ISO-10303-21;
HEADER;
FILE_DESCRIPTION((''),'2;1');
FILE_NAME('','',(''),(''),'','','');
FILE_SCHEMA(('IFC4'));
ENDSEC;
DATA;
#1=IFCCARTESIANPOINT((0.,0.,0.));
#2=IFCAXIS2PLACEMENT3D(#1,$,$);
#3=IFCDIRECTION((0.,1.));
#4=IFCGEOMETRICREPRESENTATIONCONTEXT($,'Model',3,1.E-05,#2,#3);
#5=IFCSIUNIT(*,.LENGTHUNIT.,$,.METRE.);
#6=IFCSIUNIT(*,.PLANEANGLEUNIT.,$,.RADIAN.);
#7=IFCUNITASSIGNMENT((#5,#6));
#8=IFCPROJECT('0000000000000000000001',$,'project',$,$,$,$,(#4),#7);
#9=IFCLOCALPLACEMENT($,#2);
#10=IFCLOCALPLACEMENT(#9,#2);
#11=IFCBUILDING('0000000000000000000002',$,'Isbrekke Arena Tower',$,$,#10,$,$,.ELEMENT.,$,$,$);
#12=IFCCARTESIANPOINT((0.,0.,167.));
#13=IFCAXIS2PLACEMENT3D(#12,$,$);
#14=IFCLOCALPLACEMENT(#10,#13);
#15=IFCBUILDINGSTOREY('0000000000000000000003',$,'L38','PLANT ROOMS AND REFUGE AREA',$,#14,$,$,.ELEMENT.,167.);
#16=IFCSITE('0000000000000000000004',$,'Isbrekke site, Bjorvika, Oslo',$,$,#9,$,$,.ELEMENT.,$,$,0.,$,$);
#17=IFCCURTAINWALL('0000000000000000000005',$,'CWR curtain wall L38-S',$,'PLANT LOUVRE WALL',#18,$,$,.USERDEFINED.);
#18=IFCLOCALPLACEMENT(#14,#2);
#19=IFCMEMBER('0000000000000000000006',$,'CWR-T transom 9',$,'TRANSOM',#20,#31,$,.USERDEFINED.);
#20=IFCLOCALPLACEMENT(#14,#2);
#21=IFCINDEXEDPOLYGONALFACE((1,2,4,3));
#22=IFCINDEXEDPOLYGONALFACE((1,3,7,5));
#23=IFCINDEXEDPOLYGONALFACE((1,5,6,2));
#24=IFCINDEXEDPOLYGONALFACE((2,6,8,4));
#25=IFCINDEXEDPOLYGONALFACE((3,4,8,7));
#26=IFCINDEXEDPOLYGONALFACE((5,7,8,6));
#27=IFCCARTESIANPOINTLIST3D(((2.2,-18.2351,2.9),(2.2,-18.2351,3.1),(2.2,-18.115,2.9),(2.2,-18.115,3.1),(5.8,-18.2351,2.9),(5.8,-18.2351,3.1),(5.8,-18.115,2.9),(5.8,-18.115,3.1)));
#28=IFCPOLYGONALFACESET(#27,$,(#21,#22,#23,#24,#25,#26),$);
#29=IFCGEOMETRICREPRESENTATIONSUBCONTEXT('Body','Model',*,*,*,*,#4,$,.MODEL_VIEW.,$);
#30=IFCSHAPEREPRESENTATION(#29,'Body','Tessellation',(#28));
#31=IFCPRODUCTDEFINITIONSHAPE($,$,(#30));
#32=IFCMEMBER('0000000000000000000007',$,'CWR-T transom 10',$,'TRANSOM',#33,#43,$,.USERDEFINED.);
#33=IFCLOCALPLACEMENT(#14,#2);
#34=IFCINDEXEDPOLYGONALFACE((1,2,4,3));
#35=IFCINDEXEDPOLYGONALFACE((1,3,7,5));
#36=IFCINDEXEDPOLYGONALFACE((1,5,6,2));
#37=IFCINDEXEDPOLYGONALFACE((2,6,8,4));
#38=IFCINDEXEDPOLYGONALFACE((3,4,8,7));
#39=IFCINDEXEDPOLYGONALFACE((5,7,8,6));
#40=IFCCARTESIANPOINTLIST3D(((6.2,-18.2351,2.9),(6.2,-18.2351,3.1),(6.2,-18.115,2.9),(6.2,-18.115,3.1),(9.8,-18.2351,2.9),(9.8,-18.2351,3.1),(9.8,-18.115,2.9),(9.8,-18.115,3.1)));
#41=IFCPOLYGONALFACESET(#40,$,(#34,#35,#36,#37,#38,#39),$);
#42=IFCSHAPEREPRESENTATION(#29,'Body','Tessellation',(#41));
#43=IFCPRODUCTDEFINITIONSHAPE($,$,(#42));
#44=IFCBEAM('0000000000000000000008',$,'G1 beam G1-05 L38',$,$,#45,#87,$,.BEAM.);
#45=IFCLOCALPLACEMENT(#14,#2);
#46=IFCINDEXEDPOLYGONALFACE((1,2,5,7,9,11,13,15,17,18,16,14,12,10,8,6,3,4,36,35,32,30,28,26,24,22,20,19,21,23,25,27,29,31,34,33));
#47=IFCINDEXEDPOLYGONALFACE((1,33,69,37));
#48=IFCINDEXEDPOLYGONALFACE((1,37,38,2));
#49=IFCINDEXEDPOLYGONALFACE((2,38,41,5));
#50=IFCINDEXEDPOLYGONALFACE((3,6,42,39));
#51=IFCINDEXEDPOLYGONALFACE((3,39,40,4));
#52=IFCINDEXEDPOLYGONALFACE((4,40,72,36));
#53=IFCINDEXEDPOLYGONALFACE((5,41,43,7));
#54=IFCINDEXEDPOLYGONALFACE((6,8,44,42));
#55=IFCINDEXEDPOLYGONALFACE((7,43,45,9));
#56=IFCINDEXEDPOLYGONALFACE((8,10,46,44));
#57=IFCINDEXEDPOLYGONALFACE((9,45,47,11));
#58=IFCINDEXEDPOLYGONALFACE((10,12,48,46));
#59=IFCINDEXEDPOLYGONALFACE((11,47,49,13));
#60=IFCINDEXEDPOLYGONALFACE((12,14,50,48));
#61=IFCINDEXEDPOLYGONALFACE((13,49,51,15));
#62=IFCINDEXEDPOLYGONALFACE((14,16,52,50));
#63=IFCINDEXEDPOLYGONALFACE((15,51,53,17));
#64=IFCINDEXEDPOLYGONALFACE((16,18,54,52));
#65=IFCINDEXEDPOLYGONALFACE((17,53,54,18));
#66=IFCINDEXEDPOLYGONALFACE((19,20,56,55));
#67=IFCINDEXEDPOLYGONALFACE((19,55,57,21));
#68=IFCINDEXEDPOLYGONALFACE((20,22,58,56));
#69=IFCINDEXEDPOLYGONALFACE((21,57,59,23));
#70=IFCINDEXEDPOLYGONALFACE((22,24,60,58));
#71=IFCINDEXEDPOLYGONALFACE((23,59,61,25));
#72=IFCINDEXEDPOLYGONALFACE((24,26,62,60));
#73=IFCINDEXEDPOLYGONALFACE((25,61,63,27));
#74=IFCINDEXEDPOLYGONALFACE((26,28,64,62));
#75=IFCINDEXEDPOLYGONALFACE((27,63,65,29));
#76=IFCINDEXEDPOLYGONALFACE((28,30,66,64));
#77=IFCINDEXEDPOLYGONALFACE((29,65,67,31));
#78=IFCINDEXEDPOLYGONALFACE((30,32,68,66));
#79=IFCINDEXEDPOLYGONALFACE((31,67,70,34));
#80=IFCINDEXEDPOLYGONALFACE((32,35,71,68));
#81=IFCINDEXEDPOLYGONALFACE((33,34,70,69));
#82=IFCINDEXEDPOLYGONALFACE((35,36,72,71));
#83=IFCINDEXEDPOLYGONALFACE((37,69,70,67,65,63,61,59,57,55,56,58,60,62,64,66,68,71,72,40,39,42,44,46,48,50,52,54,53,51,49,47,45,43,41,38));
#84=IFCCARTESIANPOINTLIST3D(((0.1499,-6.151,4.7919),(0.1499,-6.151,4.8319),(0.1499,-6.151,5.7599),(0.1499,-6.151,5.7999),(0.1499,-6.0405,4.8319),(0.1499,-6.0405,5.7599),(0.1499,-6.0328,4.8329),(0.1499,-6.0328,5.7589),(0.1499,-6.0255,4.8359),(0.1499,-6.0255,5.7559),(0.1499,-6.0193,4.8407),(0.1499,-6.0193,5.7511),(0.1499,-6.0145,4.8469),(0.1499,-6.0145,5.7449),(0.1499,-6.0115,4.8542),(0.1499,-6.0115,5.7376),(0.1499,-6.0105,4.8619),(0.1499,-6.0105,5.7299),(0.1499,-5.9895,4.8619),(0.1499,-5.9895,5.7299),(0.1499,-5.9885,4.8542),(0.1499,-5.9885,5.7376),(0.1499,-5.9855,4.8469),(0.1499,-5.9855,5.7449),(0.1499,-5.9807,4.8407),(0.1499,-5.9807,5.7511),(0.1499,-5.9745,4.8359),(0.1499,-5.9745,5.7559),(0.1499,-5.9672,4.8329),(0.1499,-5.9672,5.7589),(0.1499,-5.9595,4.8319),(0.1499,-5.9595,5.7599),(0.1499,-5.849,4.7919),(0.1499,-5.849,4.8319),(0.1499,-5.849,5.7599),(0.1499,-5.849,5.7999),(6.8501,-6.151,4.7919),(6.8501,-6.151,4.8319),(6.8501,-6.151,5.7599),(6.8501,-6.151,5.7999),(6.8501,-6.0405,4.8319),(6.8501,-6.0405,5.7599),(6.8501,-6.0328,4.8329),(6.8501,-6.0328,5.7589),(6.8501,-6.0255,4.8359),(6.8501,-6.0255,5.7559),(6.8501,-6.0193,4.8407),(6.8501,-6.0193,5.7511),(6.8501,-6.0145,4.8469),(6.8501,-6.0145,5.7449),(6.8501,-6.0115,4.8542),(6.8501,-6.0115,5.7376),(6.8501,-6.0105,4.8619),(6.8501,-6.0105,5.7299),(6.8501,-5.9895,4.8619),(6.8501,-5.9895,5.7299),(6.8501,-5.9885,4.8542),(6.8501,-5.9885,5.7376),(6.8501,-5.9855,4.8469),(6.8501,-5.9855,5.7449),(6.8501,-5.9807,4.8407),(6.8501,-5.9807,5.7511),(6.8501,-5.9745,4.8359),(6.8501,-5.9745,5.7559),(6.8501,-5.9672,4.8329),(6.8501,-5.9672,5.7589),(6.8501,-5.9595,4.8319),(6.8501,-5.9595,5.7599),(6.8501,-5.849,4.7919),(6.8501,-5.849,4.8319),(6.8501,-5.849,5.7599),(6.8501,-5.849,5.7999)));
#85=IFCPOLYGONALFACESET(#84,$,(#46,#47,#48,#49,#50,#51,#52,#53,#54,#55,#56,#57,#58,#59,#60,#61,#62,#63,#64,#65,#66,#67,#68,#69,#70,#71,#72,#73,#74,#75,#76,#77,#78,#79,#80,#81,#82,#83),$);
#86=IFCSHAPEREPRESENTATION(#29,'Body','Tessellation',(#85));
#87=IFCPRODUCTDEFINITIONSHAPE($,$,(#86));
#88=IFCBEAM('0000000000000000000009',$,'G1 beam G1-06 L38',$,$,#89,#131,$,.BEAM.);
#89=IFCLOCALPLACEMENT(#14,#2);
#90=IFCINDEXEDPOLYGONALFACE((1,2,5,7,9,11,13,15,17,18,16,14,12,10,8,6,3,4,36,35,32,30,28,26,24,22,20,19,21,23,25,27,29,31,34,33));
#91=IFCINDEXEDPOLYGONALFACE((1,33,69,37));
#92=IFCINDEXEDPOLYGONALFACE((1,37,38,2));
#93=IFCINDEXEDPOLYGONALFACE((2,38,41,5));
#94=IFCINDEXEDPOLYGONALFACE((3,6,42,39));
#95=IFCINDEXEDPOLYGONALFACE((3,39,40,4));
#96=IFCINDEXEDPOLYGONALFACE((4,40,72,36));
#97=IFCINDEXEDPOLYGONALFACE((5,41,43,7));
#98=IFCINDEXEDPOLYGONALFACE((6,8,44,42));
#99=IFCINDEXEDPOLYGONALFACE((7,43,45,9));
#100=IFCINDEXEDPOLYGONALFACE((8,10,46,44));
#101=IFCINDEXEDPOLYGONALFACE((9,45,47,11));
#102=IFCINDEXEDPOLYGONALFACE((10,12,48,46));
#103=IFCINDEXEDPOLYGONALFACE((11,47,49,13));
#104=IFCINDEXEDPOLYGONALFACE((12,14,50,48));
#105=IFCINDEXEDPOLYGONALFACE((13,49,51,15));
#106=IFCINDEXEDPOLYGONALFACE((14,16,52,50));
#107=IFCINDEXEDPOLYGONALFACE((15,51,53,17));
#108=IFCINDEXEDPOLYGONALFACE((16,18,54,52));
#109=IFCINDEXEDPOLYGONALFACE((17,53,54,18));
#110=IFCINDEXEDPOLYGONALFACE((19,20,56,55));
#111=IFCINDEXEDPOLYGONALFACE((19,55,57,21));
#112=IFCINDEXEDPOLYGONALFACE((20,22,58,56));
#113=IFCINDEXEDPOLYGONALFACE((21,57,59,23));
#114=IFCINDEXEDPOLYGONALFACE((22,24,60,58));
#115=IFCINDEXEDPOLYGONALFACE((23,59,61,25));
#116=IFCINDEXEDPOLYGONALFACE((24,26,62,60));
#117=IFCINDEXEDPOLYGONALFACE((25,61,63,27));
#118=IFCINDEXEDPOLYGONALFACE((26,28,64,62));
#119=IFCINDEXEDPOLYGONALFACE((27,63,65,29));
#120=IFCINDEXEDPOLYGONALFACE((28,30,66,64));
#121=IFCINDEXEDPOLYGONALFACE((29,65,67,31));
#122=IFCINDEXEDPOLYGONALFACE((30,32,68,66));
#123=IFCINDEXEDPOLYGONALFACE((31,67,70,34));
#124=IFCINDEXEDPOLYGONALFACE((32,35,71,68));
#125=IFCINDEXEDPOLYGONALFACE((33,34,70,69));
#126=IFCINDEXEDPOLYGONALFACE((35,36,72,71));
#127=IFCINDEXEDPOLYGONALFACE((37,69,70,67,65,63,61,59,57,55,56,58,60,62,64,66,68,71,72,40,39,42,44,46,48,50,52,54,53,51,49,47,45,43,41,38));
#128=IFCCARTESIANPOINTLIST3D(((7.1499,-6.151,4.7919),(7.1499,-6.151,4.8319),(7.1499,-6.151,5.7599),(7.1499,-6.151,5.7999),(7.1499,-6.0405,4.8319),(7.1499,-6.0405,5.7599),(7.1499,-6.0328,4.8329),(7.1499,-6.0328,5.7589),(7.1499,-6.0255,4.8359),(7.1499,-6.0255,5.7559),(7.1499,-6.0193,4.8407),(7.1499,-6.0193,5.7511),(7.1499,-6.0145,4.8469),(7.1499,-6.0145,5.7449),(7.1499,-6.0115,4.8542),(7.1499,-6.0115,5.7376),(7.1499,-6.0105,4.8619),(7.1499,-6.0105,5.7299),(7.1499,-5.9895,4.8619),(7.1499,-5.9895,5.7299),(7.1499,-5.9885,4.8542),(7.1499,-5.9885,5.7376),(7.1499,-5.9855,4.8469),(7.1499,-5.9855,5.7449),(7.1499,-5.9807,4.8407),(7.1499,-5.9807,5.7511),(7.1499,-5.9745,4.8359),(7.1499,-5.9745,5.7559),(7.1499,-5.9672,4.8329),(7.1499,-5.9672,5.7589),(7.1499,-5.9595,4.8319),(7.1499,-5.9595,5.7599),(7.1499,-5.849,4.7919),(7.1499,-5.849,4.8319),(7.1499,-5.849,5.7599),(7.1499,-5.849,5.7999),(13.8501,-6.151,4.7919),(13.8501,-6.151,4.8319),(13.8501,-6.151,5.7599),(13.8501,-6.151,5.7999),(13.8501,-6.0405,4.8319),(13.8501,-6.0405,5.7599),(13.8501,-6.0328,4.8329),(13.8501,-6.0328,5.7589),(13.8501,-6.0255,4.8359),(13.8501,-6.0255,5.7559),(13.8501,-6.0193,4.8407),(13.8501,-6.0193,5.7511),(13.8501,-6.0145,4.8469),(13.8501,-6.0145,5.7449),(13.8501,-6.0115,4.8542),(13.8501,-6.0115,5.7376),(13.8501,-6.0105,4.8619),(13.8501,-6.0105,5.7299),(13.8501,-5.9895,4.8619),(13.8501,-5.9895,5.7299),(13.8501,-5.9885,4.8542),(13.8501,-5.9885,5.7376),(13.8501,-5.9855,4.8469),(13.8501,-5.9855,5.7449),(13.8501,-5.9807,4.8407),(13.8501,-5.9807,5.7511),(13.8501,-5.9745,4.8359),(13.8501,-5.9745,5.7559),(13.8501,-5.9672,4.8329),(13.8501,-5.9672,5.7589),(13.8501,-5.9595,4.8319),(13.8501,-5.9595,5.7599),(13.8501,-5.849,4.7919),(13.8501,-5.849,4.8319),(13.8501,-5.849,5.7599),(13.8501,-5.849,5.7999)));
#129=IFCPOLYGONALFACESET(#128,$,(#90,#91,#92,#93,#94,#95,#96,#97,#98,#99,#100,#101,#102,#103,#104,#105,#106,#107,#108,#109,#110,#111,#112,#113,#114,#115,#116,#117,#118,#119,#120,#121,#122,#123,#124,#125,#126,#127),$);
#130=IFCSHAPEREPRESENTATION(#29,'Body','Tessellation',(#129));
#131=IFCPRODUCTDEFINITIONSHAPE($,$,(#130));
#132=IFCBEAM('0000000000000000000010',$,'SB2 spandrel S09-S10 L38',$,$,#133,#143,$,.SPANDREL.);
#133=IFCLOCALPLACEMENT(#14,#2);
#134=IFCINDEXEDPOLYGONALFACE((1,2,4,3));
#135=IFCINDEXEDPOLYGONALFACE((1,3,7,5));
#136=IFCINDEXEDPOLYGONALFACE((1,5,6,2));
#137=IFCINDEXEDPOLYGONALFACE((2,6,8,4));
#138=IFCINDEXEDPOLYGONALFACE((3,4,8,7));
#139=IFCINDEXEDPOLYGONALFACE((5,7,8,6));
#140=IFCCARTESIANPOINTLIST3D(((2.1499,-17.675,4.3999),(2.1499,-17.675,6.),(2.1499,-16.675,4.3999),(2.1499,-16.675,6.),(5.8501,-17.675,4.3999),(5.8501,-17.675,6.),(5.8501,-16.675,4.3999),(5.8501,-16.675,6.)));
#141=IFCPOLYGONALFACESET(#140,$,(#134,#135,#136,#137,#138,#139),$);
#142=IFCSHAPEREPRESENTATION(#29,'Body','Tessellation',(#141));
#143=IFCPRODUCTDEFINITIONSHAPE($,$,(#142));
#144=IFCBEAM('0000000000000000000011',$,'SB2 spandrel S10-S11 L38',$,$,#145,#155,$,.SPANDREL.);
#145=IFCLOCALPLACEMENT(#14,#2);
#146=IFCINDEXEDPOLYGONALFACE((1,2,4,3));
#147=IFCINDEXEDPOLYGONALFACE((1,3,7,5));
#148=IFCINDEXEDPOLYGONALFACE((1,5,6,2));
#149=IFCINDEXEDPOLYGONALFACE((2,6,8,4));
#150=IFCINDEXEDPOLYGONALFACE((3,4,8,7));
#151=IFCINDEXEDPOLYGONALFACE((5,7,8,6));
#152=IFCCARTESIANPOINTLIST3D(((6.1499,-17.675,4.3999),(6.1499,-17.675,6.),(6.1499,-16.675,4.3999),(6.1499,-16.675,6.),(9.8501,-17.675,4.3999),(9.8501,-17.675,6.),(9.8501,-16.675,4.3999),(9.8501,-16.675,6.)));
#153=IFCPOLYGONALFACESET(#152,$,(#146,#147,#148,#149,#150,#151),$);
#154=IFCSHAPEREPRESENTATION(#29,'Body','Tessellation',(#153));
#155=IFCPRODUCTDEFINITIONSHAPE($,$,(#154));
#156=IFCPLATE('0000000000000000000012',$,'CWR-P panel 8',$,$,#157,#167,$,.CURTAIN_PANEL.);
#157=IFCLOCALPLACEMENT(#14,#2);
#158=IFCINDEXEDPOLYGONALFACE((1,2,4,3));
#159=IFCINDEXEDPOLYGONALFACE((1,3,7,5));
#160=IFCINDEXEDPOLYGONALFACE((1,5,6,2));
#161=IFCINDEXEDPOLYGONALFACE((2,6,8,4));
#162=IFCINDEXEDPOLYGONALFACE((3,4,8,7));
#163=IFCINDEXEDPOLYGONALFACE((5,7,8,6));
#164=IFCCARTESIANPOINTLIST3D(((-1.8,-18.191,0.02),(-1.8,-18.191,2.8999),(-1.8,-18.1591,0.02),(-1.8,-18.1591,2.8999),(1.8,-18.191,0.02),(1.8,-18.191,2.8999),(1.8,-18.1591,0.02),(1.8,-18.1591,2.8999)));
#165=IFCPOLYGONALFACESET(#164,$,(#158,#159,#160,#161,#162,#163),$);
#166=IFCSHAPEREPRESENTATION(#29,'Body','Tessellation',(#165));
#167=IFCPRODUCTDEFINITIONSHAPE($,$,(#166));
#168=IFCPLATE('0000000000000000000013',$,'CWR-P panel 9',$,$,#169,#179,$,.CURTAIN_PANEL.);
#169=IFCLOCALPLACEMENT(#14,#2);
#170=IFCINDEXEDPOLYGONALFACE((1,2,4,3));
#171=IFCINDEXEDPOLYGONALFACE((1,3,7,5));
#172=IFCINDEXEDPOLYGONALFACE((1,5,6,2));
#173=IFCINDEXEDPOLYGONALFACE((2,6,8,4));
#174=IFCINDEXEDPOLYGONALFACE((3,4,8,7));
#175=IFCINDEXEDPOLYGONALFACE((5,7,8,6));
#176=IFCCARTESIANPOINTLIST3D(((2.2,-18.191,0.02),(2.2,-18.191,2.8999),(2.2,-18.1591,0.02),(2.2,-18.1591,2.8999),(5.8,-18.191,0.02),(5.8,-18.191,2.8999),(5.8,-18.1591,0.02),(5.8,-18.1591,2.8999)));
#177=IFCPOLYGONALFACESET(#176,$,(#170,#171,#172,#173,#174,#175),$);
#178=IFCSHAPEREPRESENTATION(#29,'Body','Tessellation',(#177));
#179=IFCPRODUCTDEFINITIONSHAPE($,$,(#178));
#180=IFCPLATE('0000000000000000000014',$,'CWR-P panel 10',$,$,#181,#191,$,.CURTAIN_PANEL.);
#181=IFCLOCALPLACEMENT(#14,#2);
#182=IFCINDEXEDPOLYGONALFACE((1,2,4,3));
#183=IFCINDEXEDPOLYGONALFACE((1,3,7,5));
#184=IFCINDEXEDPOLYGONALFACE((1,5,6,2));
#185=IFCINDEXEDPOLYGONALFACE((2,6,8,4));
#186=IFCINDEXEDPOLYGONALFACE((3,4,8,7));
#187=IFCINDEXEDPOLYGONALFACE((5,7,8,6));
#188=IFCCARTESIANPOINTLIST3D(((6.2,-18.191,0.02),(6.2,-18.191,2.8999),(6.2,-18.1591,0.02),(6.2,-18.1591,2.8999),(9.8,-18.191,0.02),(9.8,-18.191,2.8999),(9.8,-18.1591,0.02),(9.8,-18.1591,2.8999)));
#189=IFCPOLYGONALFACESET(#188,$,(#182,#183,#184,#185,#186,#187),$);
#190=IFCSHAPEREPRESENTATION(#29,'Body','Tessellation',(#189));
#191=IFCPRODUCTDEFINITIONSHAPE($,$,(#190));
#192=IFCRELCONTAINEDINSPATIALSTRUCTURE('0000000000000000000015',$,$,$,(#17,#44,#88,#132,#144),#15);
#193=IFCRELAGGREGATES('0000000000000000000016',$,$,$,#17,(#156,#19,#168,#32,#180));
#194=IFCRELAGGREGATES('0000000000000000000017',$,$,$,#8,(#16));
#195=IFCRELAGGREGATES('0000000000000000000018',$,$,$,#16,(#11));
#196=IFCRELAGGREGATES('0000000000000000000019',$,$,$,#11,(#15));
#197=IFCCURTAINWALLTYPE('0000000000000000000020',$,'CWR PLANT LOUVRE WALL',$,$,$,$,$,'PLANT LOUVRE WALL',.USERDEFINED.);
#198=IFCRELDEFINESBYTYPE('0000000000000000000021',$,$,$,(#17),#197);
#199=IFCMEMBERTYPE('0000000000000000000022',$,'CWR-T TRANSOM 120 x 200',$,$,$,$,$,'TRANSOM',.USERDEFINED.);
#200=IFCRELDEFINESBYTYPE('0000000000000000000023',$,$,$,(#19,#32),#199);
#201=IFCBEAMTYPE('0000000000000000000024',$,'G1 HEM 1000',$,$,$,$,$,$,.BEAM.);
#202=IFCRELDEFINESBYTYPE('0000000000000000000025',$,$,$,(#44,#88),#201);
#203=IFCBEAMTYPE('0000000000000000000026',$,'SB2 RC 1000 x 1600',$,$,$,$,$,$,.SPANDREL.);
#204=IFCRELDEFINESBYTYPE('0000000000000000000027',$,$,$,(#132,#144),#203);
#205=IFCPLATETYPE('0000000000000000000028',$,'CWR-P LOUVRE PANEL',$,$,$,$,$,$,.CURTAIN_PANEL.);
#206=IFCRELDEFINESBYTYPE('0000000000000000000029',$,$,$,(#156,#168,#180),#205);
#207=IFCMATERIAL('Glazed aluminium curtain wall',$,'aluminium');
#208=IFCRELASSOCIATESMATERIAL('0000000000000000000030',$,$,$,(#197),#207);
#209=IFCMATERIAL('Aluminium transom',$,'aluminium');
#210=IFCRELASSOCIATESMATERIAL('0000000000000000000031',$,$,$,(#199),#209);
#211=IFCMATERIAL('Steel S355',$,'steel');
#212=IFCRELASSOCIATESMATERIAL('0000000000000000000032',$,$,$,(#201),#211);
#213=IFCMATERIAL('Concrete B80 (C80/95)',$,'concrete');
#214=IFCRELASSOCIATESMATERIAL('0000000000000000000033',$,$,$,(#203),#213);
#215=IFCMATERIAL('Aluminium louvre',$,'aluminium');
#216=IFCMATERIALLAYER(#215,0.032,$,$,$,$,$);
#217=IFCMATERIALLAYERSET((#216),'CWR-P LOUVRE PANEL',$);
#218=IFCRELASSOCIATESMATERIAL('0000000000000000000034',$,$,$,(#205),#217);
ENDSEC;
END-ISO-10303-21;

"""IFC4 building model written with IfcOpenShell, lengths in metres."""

from ifc_helpers import new_model, si_unit, direction, frame, origin, origin_2d, place, context, subcontext, project, spatial, rectangle, i_section, extrude, material, layer, layer_set, material_profile, profile_set, type_object, element, aggregate, save


model = new_model("IFC4")

# Units and contexts
model_context = context("Model", 3, precision=1e-05, world=origin(), true_north=direction((0.0, 1.0)))
body_context = subcontext(model_context, "Body", "Model", "MODEL_VIEW")
ifc_project = project(units=[si_unit("LENGTHUNIT", "METRE"), si_unit("PLANEANGLEUNIT", "RADIAN")], contexts=[model_context])

# Site, building, storey
site_placement = place(None, origin())
site = spatial("IfcSite", under=ifc_project, at=site_placement, Name="Isbrekke site, Bjorvika, Oslo", CompositionType="ELEMENT", RefElevation=0.0)
building_placement = place(site_placement, origin())
building = spatial("IfcBuilding", under=site, at=building_placement, Name="Isbrekke Arena Tower", CompositionType="ELEMENT")
storey_placement = place(building_placement, frame((0.0, 0.0, 167.0)))
storey = spatial("IfcBuildingStorey", under=building, at=storey_placement, Name="L38", Description="PLANT ROOMS AND REFUGE AREA", CompositionType="ELEMENT", Elevation=167.0)

# Curtain wall, members
ifc_material_1 = material(Name="Glazed aluminium curtain wall", Category="aluminium")
curtain_wall_type = type_object("IfcCurtainWallType", Name="CWR PLANT LOUVRE WALL", ElementType="PLANT LOUVRE WALL", PredefinedType="USERDEFINED", material=ifc_material_1)
curtain_wall_placement = place(storey_placement, origin())
curtain_wall = element("IfcCurtainWall", 1, at=curtain_wall_placement, inside=storey, type_object=curtain_wall_type, Name="CWR curtain wall L38-S", ObjectType="PLANT LOUVRE WALL", PredefinedType="USERDEFINED")
ifc_material_2 = material(Name="Aluminium transom", Category="aluminium")
ifc_material_profile_1 = material_profile(ifc_material_2, rectangle(XDim=0.1201, YDim=0.2, at=origin_2d()), Name="TRANSOM 120X200")
ifc_profile_set_1 = profile_set([ifc_material_profile_1], Name="Aluminium transom")
member_type_1 = type_object("IfcMemberType", Name="CWR-T TRANSOM 120 x 200", ElementType="TRANSOM", PredefinedType="USERDEFINED", material=ifc_profile_set_1)
member_1_placement = place(storey_placement, frame((2.2, -18.175, 3.0), z_axis=(1.0, 0.0, 0.0), x_axis=(0.0, 1.0, 0.0)))
member_1 = element("IfcMember", 2, at=member_1_placement, type_object=member_type_1, Name="CWR-T transom 9", ObjectType="TRANSOM", PredefinedType="USERDEFINED", context=body_context, shape_type="SweptSolid", body=[
    extrude(rectangle(XDim=0.1201, YDim=0.2, at=origin_2d()), origin(), (0.0, 0.0, 1.0), 3.6001),
])
member_2_placement = place(storey_placement, frame((6.2, -18.175, 3.0), z_axis=(1.0, 0.0, 0.0), x_axis=(0.0, 1.0, 0.0)))
member_2 = element("IfcMember", 3, at=member_2_placement, type_object=member_type_1, Name="CWR-T transom 10", ObjectType="TRANSOM", PredefinedType="USERDEFINED", context=body_context, shape_type="SweptSolid", body=[
    extrude(rectangle(XDim=0.1201, YDim=0.2, at=origin_2d()), origin(), (0.0, 0.0, 1.0), 3.6001),
])

# Beams
ifc_material_3 = material(Name="Steel S355", Category="steel")
ifc_material_profile_2 = material_profile(ifc_material_3, i_section(OverallWidth=0.302, OverallDepth=1.0081, WebThickness=0.021, FlangeThickness=0.04, FilletRadius=0.03, at=origin_2d()), Name="HEM 1000")
ifc_profile_set_2 = profile_set([ifc_material_profile_2], Name="Steel S355")
beam_type_1 = type_object("IfcBeamType", Name="G1 HEM 1000", PredefinedType="BEAM", material=ifc_profile_set_2)
for number, where, z_axis, x_axis, name in (
    (4, (0.1499, -6.0, 5.2959), (1.0, 0.0, 0.0), (0.0, 1.0, 0.0), "G1 beam G1-05 L38"),
    (5, (7.1499, -6.0, 5.2959), (1.0, 0.0, 0.0), (0.0, 1.0, 0.0), "G1 beam G1-06 L38"),
):
    element("IfcBeam", number, at=place(storey_placement, frame(where, z_axis=z_axis, x_axis=x_axis)), inside=storey, type_object=beam_type_1, Name=name, PredefinedType="BEAM", context=body_context, shape_type="SweptSolid", body=[
        extrude(i_section(OverallWidth=0.302, OverallDepth=1.0081, WebThickness=0.021, FlangeThickness=0.04, FilletRadius=0.03, at=origin_2d()), origin(), (0.0, 0.0, 1.0), 6.7002),
    ])
ifc_material_4 = material(Name="Concrete B80 (C80/95)", Category="concrete")
ifc_material_profile_3 = material_profile(ifc_material_4, rectangle(XDim=1.0, YDim=1.6001, at=origin_2d()), Name="RC 1000x1600")
ifc_profile_set_3 = profile_set([ifc_material_profile_3], Name="Concrete B80 (C80/95)")
beam_type_2 = type_object("IfcBeamType", Name="SB2 RC 1000 x 1600", PredefinedType="SPANDREL", material=ifc_profile_set_3)
for number, where, z_axis, x_axis, name in (
    (6, (2.1499, -17.175, 5.2), (1.0, 0.0, 0.0), (0.0, 1.0, 0.0), "SB2 spandrel S09-S10 L38"),
    (7, (6.1499, -17.175, 5.2), (1.0, 0.0, 0.0), (0.0, 1.0, 0.0), "SB2 spandrel S10-S11 L38"),
):
    element("IfcBeam", number, at=place(storey_placement, frame(where, z_axis=z_axis, x_axis=x_axis)), inside=storey, type_object=beam_type_2, Name=name, PredefinedType="SPANDREL", context=body_context, shape_type="SweptSolid", body=[
        extrude(rectangle(XDim=1.0, YDim=1.6001, at=origin_2d()), origin(), (0.0, 0.0, 1.0), 3.7002),
    ])

# Plates
ifc_material_5 = material(Name="Aluminium louvre", Category="aluminium")
ifc_layer_1 = layer(ifc_material_5, 0.032)
ifc_layer_set_1 = layer_set([ifc_layer_1], Name="CWR-P LOUVRE PANEL")
plate_type = type_object("IfcPlateType", Name="CWR-P LOUVRE PANEL", PredefinedType="CURTAIN_PANEL", material=ifc_layer_set_1)
plate_1_placement = place(storey_placement, frame((0.0, -18.175, 0.02), z_axis=(0.0, 0.0, 1.0), x_axis=(1.0, 0.0, 0.0)))
plate_1 = element("IfcPlate", 8, at=plate_1_placement, type_object=plate_type, Name="CWR-P panel 8", PredefinedType="CURTAIN_PANEL", context=body_context, shape_type="SweptSolid", body=[
    extrude(rectangle(XDim=3.6001, YDim=0.032, at=origin_2d()), origin(), (0.0, 0.0, 1.0), 2.8799),
])
plate_2_placement = place(storey_placement, frame((4.0, -18.175, 0.02), z_axis=(0.0, 0.0, 1.0), x_axis=(1.0, 0.0, 0.0)))
plate_2 = element("IfcPlate", 9, at=plate_2_placement, type_object=plate_type, Name="CWR-P panel 9", PredefinedType="CURTAIN_PANEL", context=body_context, shape_type="SweptSolid", body=[
    extrude(rectangle(XDim=3.6001, YDim=0.032, at=origin_2d()), origin(), (0.0, 0.0, 1.0), 2.8799),
])
plate_3_placement = place(storey_placement, frame((8.0, -18.175, 0.02), z_axis=(0.0, 0.0, 1.0), x_axis=(1.0, 0.0, 0.0)))
plate_3 = element("IfcPlate", 10, at=plate_3_placement, type_object=plate_type, Name="CWR-P panel 10", PredefinedType="CURTAIN_PANEL", context=body_context, shape_type="SweptSolid", body=[
    extrude(rectangle(XDim=3.6001, YDim=0.032, at=origin_2d()), origin(), (0.0, 0.0, 1.0), 2.8799),
])
aggregate(curtain_wall, [plate_1, member_1, plate_2, member_2, plate_3])

save(model, "model.ifc")
